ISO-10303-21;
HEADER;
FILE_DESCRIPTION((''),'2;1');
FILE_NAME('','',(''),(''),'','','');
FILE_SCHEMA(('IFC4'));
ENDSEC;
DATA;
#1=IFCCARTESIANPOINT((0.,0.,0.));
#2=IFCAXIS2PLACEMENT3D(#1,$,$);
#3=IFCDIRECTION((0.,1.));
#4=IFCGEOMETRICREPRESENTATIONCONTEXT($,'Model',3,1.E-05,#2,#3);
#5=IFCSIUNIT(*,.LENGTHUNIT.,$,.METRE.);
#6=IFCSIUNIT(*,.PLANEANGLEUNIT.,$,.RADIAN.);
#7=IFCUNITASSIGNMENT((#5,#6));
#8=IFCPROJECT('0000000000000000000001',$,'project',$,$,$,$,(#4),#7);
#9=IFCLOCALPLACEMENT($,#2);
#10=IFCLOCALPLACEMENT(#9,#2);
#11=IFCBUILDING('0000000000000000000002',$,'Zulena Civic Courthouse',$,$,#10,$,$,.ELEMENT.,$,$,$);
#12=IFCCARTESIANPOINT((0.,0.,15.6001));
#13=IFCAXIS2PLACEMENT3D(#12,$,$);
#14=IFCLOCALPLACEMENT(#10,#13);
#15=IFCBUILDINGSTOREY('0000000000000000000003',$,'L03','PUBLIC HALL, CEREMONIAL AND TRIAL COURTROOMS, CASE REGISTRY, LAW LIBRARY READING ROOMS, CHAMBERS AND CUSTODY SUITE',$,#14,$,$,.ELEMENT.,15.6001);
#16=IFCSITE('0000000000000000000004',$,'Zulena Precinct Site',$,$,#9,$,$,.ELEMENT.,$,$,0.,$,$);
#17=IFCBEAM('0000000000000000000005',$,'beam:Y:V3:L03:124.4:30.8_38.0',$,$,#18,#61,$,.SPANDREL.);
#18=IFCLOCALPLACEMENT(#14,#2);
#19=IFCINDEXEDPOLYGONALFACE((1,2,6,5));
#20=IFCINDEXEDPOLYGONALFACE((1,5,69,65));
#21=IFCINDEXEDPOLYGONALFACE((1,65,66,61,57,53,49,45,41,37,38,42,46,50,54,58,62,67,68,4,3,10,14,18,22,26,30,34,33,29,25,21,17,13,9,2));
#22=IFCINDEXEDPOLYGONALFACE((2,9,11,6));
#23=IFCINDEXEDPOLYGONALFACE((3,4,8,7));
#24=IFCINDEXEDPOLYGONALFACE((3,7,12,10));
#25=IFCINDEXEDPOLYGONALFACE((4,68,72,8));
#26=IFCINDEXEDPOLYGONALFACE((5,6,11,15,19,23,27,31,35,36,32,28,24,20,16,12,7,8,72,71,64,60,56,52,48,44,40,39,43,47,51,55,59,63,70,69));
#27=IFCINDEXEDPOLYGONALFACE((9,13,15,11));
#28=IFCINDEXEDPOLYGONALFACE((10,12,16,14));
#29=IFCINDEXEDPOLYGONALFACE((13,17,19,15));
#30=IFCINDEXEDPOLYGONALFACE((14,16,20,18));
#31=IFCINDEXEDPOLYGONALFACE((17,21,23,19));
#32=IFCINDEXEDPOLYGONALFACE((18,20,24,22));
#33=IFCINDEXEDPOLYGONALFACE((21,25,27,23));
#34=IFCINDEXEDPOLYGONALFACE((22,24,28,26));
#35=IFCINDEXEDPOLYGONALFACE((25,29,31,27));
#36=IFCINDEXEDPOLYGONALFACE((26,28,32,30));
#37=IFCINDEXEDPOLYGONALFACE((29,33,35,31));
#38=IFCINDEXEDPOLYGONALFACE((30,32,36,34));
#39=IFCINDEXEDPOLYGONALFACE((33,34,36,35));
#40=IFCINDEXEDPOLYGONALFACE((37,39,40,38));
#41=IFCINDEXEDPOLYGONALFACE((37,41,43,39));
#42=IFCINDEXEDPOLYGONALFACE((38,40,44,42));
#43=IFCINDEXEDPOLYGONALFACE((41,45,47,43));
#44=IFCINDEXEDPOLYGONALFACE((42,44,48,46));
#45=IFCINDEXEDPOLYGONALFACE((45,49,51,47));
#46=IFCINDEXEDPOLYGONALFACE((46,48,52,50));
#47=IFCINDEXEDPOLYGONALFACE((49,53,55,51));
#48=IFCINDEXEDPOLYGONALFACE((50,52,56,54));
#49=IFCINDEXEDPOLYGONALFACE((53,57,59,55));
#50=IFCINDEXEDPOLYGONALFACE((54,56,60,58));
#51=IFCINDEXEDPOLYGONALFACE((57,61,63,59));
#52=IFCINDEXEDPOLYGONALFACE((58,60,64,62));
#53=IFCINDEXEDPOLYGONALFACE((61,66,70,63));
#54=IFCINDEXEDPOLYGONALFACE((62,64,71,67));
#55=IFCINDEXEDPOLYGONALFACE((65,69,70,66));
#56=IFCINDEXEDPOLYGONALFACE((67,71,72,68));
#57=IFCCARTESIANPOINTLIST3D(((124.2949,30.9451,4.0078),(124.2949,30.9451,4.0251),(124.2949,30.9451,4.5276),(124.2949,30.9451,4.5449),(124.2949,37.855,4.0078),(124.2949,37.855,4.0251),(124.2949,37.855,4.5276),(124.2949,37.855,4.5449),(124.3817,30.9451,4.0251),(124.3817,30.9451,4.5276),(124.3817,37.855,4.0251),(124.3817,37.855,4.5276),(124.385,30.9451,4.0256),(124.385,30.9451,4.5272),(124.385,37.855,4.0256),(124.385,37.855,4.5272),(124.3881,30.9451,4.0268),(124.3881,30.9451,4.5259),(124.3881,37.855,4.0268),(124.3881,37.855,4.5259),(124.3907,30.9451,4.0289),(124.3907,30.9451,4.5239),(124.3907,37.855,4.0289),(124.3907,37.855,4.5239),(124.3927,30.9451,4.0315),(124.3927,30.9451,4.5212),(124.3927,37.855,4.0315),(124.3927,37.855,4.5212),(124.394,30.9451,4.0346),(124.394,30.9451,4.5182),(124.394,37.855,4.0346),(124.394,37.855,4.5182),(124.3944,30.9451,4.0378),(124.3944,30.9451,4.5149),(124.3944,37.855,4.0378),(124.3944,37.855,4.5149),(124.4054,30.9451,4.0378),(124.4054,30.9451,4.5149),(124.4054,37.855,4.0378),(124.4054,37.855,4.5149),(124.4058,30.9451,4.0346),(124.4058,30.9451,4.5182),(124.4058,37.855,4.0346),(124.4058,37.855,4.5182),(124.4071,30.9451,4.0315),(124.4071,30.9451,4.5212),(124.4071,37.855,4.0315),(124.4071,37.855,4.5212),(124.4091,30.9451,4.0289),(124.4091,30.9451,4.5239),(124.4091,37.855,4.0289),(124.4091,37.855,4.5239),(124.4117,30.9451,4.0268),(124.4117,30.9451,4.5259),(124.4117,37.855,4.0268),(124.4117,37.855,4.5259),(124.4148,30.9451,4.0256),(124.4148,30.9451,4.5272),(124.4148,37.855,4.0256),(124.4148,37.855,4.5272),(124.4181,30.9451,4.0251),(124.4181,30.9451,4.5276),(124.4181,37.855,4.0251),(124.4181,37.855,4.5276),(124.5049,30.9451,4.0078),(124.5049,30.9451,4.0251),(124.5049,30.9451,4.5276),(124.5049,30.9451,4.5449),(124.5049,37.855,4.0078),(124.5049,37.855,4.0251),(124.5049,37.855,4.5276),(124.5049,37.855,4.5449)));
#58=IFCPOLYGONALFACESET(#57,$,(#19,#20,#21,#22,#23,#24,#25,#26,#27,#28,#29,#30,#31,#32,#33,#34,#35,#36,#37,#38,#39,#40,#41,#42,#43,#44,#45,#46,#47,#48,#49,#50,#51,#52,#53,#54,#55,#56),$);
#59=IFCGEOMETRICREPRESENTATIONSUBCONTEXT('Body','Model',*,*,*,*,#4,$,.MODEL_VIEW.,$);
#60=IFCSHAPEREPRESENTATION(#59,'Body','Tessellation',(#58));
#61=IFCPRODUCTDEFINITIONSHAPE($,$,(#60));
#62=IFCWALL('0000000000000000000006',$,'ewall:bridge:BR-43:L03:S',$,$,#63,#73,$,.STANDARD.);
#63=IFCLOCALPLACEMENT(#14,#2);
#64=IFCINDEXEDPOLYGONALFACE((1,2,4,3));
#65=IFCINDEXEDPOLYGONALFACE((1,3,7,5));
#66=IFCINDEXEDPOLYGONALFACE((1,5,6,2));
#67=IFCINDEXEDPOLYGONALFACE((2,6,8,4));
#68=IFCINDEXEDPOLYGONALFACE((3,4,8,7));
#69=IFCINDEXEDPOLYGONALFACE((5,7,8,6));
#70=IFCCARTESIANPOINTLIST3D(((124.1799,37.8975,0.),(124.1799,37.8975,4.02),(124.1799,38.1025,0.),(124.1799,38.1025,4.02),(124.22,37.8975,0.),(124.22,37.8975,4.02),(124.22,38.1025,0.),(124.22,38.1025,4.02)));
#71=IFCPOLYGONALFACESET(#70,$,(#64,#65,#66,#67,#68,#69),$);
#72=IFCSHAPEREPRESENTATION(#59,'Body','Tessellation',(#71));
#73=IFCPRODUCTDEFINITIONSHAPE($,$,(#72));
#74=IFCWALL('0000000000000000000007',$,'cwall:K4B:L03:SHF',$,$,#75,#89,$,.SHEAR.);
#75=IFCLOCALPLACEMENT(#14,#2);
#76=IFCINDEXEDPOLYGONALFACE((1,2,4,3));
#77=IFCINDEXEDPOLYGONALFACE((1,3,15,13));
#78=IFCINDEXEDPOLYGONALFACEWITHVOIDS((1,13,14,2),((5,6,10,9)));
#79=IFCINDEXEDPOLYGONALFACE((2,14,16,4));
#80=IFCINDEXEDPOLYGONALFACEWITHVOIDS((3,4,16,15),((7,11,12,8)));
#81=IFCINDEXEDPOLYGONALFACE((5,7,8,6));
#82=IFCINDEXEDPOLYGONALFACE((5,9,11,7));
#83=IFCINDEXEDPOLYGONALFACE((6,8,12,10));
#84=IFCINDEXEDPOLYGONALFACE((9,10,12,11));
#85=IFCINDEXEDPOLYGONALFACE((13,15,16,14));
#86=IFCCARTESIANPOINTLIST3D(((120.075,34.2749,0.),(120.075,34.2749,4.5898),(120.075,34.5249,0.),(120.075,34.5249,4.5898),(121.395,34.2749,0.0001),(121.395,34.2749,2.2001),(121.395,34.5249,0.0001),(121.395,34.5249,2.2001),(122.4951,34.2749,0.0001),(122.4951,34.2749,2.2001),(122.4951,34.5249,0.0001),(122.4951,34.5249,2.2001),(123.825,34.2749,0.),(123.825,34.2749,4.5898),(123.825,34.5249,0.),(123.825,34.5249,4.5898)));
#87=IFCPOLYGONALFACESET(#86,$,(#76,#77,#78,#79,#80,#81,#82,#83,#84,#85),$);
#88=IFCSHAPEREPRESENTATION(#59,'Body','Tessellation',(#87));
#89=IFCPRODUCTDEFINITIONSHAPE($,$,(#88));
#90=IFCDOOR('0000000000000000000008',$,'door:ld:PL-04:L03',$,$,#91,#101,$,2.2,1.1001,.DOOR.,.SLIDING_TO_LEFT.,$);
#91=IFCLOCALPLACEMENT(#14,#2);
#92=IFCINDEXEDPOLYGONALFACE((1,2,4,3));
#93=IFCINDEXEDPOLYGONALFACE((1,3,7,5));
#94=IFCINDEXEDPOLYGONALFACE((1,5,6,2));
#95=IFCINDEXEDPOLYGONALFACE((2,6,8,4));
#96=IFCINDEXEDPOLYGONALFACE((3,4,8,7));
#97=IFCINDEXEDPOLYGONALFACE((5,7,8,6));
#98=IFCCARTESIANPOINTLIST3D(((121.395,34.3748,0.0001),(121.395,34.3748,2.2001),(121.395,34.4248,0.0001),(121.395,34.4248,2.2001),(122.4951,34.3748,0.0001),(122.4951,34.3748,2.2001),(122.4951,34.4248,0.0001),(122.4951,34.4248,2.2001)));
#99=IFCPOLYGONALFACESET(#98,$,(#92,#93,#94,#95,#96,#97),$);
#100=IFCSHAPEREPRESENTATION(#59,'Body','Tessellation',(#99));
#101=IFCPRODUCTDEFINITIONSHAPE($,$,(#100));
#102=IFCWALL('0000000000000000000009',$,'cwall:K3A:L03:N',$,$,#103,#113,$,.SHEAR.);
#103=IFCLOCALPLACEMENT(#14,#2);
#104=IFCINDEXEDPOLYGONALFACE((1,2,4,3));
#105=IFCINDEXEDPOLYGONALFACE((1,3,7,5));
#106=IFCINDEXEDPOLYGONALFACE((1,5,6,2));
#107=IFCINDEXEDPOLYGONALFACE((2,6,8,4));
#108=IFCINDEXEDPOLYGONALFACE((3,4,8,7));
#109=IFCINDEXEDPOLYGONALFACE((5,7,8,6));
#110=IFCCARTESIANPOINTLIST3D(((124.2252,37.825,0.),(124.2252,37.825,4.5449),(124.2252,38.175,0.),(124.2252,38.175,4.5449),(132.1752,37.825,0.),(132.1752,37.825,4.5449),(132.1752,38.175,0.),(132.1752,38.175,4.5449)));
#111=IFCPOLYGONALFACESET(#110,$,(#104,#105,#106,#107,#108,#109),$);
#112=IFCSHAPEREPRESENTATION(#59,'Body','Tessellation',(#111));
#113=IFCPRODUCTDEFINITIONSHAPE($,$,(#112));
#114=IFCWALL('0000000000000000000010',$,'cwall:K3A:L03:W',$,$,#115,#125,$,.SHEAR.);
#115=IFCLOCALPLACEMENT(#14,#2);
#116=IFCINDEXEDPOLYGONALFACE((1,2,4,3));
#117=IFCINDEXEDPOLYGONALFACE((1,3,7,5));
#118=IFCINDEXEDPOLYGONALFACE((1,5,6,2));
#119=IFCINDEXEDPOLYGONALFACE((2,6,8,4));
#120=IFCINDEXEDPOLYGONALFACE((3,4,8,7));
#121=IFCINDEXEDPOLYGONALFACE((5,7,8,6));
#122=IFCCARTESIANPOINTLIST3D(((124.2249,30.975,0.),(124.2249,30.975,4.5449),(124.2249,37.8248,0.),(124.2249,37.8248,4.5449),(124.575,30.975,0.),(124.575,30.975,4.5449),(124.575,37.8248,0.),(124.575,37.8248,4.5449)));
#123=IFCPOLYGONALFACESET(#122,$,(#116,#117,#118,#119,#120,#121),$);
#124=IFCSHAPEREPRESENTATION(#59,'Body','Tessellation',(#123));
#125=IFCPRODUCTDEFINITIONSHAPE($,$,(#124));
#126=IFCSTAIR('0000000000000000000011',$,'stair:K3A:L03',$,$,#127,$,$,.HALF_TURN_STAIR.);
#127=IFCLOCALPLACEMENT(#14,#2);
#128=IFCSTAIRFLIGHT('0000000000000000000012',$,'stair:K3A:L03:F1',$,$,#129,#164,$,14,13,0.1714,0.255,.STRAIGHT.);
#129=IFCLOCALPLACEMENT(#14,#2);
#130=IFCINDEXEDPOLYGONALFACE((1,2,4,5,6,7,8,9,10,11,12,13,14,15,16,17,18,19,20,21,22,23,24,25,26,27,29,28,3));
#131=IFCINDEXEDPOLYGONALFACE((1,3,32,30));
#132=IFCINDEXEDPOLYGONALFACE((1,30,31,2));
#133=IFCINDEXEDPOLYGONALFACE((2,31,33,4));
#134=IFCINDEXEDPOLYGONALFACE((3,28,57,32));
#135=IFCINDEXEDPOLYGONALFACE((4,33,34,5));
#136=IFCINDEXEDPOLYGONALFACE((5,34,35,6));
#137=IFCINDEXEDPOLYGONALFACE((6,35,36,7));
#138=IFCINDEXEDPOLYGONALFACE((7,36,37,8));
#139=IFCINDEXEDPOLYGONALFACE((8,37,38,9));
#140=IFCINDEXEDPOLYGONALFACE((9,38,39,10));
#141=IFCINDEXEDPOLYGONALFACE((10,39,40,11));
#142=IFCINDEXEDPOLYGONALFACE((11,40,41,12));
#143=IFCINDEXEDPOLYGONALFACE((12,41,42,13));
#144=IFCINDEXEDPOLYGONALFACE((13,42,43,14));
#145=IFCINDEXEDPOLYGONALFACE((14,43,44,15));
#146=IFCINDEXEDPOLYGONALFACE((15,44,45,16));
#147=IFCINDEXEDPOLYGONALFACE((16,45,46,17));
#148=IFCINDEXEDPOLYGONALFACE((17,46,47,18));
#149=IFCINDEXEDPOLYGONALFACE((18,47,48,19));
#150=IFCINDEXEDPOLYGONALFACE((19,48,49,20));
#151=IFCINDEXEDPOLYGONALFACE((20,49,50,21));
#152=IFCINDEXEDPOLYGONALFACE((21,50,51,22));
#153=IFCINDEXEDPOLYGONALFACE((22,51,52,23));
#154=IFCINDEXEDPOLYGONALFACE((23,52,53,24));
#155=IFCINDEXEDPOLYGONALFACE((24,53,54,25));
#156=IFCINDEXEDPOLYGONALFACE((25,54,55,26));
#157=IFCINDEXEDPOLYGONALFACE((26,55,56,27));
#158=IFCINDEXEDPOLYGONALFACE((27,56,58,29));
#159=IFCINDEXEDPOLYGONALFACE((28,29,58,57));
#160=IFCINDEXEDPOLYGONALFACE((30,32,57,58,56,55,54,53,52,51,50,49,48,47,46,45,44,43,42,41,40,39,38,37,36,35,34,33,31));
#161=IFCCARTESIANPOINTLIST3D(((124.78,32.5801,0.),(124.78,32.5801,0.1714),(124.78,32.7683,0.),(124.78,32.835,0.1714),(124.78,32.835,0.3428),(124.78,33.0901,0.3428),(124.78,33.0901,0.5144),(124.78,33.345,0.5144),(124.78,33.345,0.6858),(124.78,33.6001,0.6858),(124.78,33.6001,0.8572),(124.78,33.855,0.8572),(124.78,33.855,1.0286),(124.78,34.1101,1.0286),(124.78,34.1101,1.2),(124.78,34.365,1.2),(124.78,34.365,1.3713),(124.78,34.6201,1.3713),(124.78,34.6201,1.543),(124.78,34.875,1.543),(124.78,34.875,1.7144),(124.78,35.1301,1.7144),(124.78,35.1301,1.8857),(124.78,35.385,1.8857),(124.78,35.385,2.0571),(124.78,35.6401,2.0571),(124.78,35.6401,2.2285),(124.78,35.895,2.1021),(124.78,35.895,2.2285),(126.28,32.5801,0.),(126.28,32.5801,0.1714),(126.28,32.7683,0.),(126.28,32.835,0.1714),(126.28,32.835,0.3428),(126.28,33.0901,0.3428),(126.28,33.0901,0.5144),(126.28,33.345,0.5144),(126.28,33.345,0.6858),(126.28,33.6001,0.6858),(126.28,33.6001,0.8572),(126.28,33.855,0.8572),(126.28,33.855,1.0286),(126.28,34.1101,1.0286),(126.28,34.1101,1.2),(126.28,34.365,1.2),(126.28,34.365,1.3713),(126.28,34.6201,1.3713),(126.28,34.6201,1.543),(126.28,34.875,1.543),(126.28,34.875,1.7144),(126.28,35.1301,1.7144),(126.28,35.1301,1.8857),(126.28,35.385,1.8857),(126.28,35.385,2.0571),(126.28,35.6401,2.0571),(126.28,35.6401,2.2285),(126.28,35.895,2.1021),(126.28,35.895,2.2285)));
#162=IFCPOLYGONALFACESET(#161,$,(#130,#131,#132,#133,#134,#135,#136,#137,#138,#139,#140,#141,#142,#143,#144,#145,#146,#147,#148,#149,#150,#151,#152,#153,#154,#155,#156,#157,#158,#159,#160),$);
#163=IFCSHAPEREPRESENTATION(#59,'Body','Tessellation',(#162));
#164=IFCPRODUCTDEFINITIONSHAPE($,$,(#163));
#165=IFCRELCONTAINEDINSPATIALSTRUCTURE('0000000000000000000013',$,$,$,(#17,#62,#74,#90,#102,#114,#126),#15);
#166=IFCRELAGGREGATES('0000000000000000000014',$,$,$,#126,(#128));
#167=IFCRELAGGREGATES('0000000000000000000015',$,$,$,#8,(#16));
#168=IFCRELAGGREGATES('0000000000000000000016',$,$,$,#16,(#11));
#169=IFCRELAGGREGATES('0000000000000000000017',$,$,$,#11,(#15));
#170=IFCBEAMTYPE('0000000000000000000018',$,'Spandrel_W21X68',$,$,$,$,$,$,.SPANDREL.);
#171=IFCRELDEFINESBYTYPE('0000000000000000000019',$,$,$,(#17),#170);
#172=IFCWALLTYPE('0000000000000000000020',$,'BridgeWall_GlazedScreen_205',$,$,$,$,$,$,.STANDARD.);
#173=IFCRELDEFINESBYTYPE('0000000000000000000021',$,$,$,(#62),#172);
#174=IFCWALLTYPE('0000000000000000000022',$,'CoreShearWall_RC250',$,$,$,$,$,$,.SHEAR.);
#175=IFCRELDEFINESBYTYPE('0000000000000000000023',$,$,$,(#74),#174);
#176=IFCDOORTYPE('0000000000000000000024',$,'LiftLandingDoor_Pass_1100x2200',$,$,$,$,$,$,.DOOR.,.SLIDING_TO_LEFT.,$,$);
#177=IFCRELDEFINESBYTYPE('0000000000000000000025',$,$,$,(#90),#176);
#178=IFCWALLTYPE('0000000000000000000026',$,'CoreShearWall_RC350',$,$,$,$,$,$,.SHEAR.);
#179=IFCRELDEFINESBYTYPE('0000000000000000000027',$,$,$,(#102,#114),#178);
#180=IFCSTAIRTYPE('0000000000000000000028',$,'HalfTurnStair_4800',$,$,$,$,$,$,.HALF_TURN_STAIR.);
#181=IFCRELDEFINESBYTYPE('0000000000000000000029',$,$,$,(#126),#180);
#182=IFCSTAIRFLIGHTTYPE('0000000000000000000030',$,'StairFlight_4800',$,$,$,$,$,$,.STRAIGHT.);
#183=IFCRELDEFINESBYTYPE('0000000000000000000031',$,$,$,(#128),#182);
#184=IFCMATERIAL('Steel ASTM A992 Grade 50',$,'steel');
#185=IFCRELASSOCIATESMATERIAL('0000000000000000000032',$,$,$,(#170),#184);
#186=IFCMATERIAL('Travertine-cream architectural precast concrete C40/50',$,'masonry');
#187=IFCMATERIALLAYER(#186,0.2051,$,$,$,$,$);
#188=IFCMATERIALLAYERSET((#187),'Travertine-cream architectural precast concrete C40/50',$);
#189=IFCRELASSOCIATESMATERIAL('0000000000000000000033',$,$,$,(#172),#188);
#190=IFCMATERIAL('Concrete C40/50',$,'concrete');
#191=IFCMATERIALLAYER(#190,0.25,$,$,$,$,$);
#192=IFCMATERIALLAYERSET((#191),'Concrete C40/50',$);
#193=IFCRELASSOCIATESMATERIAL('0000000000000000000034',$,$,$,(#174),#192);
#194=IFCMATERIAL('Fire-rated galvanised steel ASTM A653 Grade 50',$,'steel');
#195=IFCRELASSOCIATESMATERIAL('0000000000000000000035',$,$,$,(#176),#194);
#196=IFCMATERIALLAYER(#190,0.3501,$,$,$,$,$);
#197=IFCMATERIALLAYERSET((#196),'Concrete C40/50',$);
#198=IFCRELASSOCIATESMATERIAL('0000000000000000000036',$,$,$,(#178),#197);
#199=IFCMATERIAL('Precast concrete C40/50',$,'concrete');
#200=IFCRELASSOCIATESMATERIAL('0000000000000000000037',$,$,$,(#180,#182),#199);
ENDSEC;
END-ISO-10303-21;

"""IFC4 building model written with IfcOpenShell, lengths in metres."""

from ifc_helpers import new_model, si_unit, direction, frame, frame_2d, origin, origin_2d, place, context, subcontext, project, spatial, polyline, rectangle, i_section, outline, extrude, material, layer, layer_set, material_profile, profile_set, type_object, element, fill, aggregate, save


model = new_model("IFC4")

# Units and contexts
model_context = context("Model", 3, precision=1e-05, world=origin(), true_north=direction((0.0, 1.0)))
body_context = subcontext(model_context, "Body", "Model", "MODEL_VIEW")
ifc_project = project(units=[si_unit("LENGTHUNIT", "METRE"), si_unit("PLANEANGLEUNIT", "RADIAN")], contexts=[model_context])

# Site, building, storey
site_placement = place(None, origin())
site = spatial("IfcSite", under=ifc_project, at=site_placement, Name="Zulena Precinct Site", CompositionType="ELEMENT", RefElevation=0.0)
building_placement = place(site_placement, origin())
building = spatial("IfcBuilding", under=site, at=building_placement, Name="Zulena Civic Courthouse", CompositionType="ELEMENT")
storey_placement = place(building_placement, frame((0.0, 0.0, 15.6001)))
storey = spatial("IfcBuildingStorey", under=building, at=storey_placement, Name="L03", Description="PUBLIC HALL, CEREMONIAL AND TRIAL COURTROOMS, CASE REGISTRY, LAW LIBRARY READING ROOMS, CHAMBERS AND CUSTODY SUITE", CompositionType="ELEMENT", Elevation=15.6001)

# Shared definitions
ifc_material_1 = material(Name="Steel ASTM A992 Grade 50", Category="steel")

# Beam
ifc_material_profile_1 = material_profile(ifc_material_1, i_section(OverallWidth=0.21, OverallDepth=0.5371, WebThickness=0.011, FlangeThickness=0.0173, FilletRadius=0.0127, at=origin_2d()), Name="W21X68")
ifc_profile_set_1 = profile_set([ifc_material_profile_1], Name="Steel ASTM A992 Grade 50")
beam_type_1 = type_object("IfcBeamType", Name="Spandrel_W21X68", PredefinedType="SPANDREL", material=ifc_profile_set_1)
beam_placement = place(storey_placement, frame((124.3999, 30.9451, 4.2764), z_axis=(0.0, 1.0, 0.0), x_axis=(-1.0, 0.0, 0.0)))
element("IfcBeam", 1, at=beam_placement, inside=storey, type_object=beam_type_1, Name="beam:Y:V3:L03:124.4:30.8_38.0", PredefinedType="SPANDREL", context=body_context, shape_type="SweptSolid", body=[
    extrude(i_section(OverallWidth=0.21, OverallDepth=0.5371, WebThickness=0.011, FlangeThickness=0.0173, FilletRadius=0.0127, at=origin_2d()), origin(), (0.0, 0.0, 1.0), 6.9099),
])

# Wall
ifc_material_2 = material(Name="Travertine-cream architectural precast concrete C40/50", Category="masonry")
ifc_layer_1 = layer(ifc_material_2, 0.2051)
ifc_layer_set_1 = layer_set([ifc_layer_1], Name="Travertine-cream architectural precast concrete C40/50")
wall_type_1 = type_object("IfcWallType", Name="BridgeWall_GlazedScreen_205", PredefinedType="STANDARD", material=ifc_layer_set_1)
wall_1_placement = place(storey_placement, frame((124.22, 38.0, 0.0), z_axis=(0.0, 0.0, 1.0), x_axis=(-1.0, 0.0, 0.0)))
element("IfcWall", 2, at=wall_1_placement, inside=storey, type_object=wall_type_1, Name="ewall:bridge:BR-43:L03:S", PredefinedType="STANDARD", context=body_context, shape_type="SweptSolid", body=[
    extrude(rectangle(XDim=0.04, YDim=0.2051, at=frame_2d((0.02, 0.0))), origin(), (0.0, 0.0, 1.0), 4.02),
])

# Wall, opening, door
ifc_material_3 = material(Name="Concrete C40/50", Category="concrete")
ifc_layer_2 = layer(ifc_material_3, 0.25)
ifc_layer_set_2 = layer_set([ifc_layer_2], Name="Concrete C40/50")
wall_type_2 = type_object("IfcWallType", Name="CoreShearWall_RC250", PredefinedType="SHEAR", material=ifc_layer_set_2)
wall_2_placement = place(storey_placement, frame((120.075, 34.3999, 0.0), z_axis=(0.0, 0.0, 1.0), x_axis=(1.0, 0.0, 0.0)))
wall_2 = element("IfcWall", 3, at=wall_2_placement, inside=storey, type_object=wall_type_2, Name="cwall:K4B:L03:SHF", PredefinedType="SHEAR", context=body_context, shape_type="SweptSolid", body=[
    extrude(rectangle(XDim=3.75, YDim=0.25, at=frame_2d((1.875, 0.0))), origin(), (0.0, 0.0, 1.0), 4.5898),
])
opening_placement = place(wall_2_placement, frame((1.3201, 0.0, 0.0)))
opening = element("IfcOpeningElement", 4, at=opening_placement, cuts=wall_2, PredefinedType="OPENING", context=body_context, shape_type="SweptSolid", body=[
    extrude(rectangle(XDim=1.1001, YDim=2.2, at=frame_2d((0.55, 1.1001))), frame((0.0, 0.135, 0.0), z_axis=(0.0, -1.0, 0.0), x_axis=(1.0, 0.0, 0.0)), (0.0, 0.0, 1.0), 0.27),
])
ifc_material_4 = material(Name="Fire-rated galvanised steel ASTM A653 Grade 50", Category="steel")
door_type = type_object("IfcDoorType", Name="LiftLandingDoor_Pass_1100x2200", OperationType="SLIDING_TO_LEFT", PredefinedType="DOOR", material=ifc_material_4)
door_placement = place(opening_placement, origin())
door = element("IfcDoor", 5, at=door_placement, inside=storey, type_object=door_type, Name="door:ld:PL-04:L03", OperationType="SLIDING_TO_LEFT", OverallHeight=2.2, OverallWidth=1.1001, PredefinedType="DOOR", context=body_context, shape_type="SweptSolid", body=[
    extrude(rectangle(XDim=1.1001, YDim=2.2, at=frame_2d((0.55, 1.1001))), frame((0.0, 0.0249, 0.0), z_axis=(0.0, -1.0, 0.0), x_axis=(1.0, 0.0, 0.0)), (0.0, 0.0, 1.0), 0.05),
])
fill(opening, door)

# Walls
ifc_layer_3 = layer(ifc_material_3, 0.3501)
ifc_layer_set_3 = layer_set([ifc_layer_3], Name="Concrete C40/50")
wall_type_3 = type_object("IfcWallType", Name="CoreShearWall_RC350", PredefinedType="SHEAR", material=ifc_layer_set_3)
wall_3_placement = place(storey_placement, frame((124.2251, 38.0, 0.0), z_axis=(0.0, 0.0, 1.0), x_axis=(1.0, 0.0, 0.0)))
element("IfcWall", 6, at=wall_3_placement, inside=storey, type_object=wall_type_3, Name="cwall:K3A:L03:N", PredefinedType="SHEAR", context=body_context, shape_type="SweptSolid", body=[
    extrude(rectangle(XDim=7.95, YDim=0.3501, at=frame_2d((3.9751, 0.0))), origin(), (0.0, 0.0, 1.0), 4.5449),
])
wall_4_placement = place(storey_placement, frame((124.3999, 30.9751, 0.0), z_axis=(0.0, 0.0, 1.0), x_axis=(0.0, 1.0, 0.0)))
element("IfcWall", 7, at=wall_4_placement, inside=storey, type_object=wall_type_3, Name="cwall:K3A:L03:W", PredefinedType="SHEAR", context=body_context, shape_type="SweptSolid", body=[
    extrude(rectangle(XDim=6.8499, YDim=0.3501, at=frame_2d((3.4248, 0.0))), origin(), (0.0, 0.0, 1.0), 4.5449),
])

# Stair, stair flight
ifc_material_5 = material(Name="Precast concrete C40/50", Category="concrete")
stair_type = type_object("IfcStairType", Name="HalfTurnStair_4800", PredefinedType="HALF_TURN_STAIR", material=ifc_material_5)
stair_1_placement = place(storey_placement, origin())
stair_1 = element("IfcStair", 8, at=stair_1_placement, inside=storey, type_object=stair_type, Name="stair:K3A:L03", PredefinedType="HALF_TURN_STAIR")
stair_flight_type = type_object("IfcStairFlightType", Name="StairFlight_4800", PredefinedType="STRAIGHT", material=ifc_material_5)
stair_flight_1_placement = place(storey_placement, frame((125.53, 32.5801, 0.0), z_axis=(0.0, 0.0, 1.0), x_axis=(0.0, 1.0, 0.0)))
stair_flight_1 = element("IfcStairFlight", 9, at=stair_flight_1_placement, type_object=stair_flight_type, Name="stair:K3A:L03:F1", NumberOfRisers=14, NumberOfTreads=13, PredefinedType="STRAIGHT", RiserHeight=0.1714, TreadLength=0.255, context=body_context, shape_type="SweptSolid", body=[
    extrude(outline(polyline([(0.0, 0.0), (0.0, 0.1714), (0.2549, 0.1714), (0.2549, 0.3428), (0.51, 0.3428), (0.51, 0.5144), (0.7649, 0.5144), (0.7649, 0.6858), (1.02, 0.6858), (1.02, 0.8572), (1.2749, 0.8572), (1.2749, 1.0286), (1.53, 1.0286), (1.53, 1.2), (1.7849, 1.2), (1.7849, 1.3713), (2.04, 1.3713), (2.04, 1.543), (2.2949, 1.543), (2.2949, 1.7144), (2.55, 1.7144), (2.55, 1.8857), (2.8049, 1.8857), (2.8049, 2.0571), (3.0601, 2.0571), (3.0601, 2.2285), (3.3149, 2.2285), (3.3149, 2.3999), (3.3149, 2.1021), (0.1882, 0.0), (0.0, 0.0)])), frame((0.0, 0.75, 0.0), z_axis=(0.0, -1.0, 0.0), x_axis=(1.0, 0.0, 0.0)), (0.0, 0.0, 1.0), 1.5),
])
aggregate(stair_1, [stair_flight_1])

save(model, "model.ifc")
